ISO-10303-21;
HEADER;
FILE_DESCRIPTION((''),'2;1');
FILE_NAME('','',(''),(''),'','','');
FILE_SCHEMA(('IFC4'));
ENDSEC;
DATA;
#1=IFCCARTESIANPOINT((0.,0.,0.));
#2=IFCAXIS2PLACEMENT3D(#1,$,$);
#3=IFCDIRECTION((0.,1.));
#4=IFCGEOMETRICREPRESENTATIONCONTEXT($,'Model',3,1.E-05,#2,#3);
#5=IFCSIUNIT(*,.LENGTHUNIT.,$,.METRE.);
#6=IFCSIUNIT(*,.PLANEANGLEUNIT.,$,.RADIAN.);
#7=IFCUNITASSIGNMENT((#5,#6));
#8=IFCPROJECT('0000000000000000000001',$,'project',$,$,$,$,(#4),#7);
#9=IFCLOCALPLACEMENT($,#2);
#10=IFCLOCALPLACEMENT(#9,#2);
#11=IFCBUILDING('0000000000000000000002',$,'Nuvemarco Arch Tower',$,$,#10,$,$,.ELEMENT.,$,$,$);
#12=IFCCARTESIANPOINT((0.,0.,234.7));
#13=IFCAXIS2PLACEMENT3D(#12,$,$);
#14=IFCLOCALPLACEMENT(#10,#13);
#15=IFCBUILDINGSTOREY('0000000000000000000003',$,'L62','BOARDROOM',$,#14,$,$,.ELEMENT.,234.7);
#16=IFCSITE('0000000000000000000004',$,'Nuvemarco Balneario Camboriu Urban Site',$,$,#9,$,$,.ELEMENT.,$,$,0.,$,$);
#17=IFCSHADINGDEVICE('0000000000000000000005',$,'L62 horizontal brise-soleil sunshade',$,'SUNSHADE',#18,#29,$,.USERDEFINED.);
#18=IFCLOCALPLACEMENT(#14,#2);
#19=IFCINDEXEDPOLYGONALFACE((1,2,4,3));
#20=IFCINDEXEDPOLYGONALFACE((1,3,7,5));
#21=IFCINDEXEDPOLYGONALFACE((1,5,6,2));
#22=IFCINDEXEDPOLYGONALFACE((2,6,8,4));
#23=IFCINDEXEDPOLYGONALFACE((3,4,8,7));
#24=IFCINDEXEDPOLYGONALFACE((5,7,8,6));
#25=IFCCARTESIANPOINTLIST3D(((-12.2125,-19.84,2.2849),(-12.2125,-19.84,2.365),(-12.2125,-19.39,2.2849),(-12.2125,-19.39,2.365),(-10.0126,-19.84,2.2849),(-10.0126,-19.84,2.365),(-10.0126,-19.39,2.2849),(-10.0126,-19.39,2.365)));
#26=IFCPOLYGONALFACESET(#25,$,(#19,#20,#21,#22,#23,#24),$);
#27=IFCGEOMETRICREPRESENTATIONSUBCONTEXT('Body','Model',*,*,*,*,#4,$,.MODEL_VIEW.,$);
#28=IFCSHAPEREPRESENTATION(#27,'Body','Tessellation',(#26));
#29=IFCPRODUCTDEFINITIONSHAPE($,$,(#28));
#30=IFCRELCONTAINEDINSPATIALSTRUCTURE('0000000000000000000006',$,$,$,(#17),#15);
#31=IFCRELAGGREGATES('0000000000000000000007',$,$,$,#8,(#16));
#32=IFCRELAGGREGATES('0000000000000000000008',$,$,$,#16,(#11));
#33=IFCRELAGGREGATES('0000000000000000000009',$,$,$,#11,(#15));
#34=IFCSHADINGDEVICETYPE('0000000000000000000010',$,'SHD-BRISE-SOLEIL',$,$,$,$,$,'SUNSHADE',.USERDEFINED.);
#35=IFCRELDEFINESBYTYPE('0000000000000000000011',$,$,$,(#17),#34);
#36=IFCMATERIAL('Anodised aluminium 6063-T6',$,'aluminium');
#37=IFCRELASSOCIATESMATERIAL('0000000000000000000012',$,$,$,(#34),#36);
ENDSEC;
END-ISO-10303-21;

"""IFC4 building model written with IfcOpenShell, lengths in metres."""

from ifc_helpers import new_model, si_unit, direction, frame, origin, origin_2d, place, context, subcontext, project, spatial, rectangle, extrude, source, transform, mapped, material, type_object, type_shapes, element, save


model = new_model("IFC4")

# Units and contexts
model_context = context("Model", 3, precision=1e-05, world=origin(), true_north=direction((0.0, 1.0)))
body_context = subcontext(model_context, "Body", "Model", "MODEL_VIEW")
ifc_project = project(units=[si_unit("LENGTHUNIT", "METRE"), si_unit("PLANEANGLEUNIT", "RADIAN")], contexts=[model_context])

# Site, building, storey
site_placement = place(None, origin())
site = spatial("IfcSite", under=ifc_project, at=site_placement, Name="Nuvemarco Balneario Camboriu Urban Site", CompositionType="ELEMENT", RefElevation=0.0)
building_placement = place(site_placement, origin())
building = spatial("IfcBuilding", under=site, at=building_placement, Name="Nuvemarco Arch Tower", CompositionType="ELEMENT")
storey_placement = place(building_placement, frame((0.0, 0.0, 234.7)))
storey = spatial("IfcBuildingStorey", under=building, at=storey_placement, Name="L62", Description="BOARDROOM", CompositionType="ELEMENT", Elevation=234.7)

# Shading device
ifc_material_1 = material(Name="Anodised aluminium 6063-T6", Category="aluminium")
shading_device_type = type_object("IfcShadingDeviceType", Name="SHD-BRISE-SOLEIL", ElementType="SUNSHADE", PredefinedType="USERDEFINED", material=ifc_material_1)
shared_shape_1 = source(origin(), body_context, "Body", "SweptSolid", [
    extrude(rectangle(XDim=2.2, YDim=0.45, at=origin_2d()), origin(), (0.0, 0.0, 1.0), 0.0801),
])
type_shapes(shading_device_type, [shared_shape_1])
for number, where, z_axis, x_axis, name in (
    (1, (-11.1125, -19.615, 2.2849), (0.0, 0.0, 1.0), (1.0, 0.0, 0.0), "L62 horizontal brise-soleil sunshade"),
):
    element("IfcShadingDevice", number, at=place(storey_placement, frame(where, z_axis=z_axis, x_axis=x_axis)), inside=storey, type_object=shading_device_type, Name=name, ObjectType="SUNSHADE", PredefinedType="USERDEFINED", context=body_context, shape_type="MappedRepresentation", body=[
        mapped(shared_shape_1, transform((0.0, 0.0, 0.0), scale=1.0)),
    ])

save(model, "model.ifc")
